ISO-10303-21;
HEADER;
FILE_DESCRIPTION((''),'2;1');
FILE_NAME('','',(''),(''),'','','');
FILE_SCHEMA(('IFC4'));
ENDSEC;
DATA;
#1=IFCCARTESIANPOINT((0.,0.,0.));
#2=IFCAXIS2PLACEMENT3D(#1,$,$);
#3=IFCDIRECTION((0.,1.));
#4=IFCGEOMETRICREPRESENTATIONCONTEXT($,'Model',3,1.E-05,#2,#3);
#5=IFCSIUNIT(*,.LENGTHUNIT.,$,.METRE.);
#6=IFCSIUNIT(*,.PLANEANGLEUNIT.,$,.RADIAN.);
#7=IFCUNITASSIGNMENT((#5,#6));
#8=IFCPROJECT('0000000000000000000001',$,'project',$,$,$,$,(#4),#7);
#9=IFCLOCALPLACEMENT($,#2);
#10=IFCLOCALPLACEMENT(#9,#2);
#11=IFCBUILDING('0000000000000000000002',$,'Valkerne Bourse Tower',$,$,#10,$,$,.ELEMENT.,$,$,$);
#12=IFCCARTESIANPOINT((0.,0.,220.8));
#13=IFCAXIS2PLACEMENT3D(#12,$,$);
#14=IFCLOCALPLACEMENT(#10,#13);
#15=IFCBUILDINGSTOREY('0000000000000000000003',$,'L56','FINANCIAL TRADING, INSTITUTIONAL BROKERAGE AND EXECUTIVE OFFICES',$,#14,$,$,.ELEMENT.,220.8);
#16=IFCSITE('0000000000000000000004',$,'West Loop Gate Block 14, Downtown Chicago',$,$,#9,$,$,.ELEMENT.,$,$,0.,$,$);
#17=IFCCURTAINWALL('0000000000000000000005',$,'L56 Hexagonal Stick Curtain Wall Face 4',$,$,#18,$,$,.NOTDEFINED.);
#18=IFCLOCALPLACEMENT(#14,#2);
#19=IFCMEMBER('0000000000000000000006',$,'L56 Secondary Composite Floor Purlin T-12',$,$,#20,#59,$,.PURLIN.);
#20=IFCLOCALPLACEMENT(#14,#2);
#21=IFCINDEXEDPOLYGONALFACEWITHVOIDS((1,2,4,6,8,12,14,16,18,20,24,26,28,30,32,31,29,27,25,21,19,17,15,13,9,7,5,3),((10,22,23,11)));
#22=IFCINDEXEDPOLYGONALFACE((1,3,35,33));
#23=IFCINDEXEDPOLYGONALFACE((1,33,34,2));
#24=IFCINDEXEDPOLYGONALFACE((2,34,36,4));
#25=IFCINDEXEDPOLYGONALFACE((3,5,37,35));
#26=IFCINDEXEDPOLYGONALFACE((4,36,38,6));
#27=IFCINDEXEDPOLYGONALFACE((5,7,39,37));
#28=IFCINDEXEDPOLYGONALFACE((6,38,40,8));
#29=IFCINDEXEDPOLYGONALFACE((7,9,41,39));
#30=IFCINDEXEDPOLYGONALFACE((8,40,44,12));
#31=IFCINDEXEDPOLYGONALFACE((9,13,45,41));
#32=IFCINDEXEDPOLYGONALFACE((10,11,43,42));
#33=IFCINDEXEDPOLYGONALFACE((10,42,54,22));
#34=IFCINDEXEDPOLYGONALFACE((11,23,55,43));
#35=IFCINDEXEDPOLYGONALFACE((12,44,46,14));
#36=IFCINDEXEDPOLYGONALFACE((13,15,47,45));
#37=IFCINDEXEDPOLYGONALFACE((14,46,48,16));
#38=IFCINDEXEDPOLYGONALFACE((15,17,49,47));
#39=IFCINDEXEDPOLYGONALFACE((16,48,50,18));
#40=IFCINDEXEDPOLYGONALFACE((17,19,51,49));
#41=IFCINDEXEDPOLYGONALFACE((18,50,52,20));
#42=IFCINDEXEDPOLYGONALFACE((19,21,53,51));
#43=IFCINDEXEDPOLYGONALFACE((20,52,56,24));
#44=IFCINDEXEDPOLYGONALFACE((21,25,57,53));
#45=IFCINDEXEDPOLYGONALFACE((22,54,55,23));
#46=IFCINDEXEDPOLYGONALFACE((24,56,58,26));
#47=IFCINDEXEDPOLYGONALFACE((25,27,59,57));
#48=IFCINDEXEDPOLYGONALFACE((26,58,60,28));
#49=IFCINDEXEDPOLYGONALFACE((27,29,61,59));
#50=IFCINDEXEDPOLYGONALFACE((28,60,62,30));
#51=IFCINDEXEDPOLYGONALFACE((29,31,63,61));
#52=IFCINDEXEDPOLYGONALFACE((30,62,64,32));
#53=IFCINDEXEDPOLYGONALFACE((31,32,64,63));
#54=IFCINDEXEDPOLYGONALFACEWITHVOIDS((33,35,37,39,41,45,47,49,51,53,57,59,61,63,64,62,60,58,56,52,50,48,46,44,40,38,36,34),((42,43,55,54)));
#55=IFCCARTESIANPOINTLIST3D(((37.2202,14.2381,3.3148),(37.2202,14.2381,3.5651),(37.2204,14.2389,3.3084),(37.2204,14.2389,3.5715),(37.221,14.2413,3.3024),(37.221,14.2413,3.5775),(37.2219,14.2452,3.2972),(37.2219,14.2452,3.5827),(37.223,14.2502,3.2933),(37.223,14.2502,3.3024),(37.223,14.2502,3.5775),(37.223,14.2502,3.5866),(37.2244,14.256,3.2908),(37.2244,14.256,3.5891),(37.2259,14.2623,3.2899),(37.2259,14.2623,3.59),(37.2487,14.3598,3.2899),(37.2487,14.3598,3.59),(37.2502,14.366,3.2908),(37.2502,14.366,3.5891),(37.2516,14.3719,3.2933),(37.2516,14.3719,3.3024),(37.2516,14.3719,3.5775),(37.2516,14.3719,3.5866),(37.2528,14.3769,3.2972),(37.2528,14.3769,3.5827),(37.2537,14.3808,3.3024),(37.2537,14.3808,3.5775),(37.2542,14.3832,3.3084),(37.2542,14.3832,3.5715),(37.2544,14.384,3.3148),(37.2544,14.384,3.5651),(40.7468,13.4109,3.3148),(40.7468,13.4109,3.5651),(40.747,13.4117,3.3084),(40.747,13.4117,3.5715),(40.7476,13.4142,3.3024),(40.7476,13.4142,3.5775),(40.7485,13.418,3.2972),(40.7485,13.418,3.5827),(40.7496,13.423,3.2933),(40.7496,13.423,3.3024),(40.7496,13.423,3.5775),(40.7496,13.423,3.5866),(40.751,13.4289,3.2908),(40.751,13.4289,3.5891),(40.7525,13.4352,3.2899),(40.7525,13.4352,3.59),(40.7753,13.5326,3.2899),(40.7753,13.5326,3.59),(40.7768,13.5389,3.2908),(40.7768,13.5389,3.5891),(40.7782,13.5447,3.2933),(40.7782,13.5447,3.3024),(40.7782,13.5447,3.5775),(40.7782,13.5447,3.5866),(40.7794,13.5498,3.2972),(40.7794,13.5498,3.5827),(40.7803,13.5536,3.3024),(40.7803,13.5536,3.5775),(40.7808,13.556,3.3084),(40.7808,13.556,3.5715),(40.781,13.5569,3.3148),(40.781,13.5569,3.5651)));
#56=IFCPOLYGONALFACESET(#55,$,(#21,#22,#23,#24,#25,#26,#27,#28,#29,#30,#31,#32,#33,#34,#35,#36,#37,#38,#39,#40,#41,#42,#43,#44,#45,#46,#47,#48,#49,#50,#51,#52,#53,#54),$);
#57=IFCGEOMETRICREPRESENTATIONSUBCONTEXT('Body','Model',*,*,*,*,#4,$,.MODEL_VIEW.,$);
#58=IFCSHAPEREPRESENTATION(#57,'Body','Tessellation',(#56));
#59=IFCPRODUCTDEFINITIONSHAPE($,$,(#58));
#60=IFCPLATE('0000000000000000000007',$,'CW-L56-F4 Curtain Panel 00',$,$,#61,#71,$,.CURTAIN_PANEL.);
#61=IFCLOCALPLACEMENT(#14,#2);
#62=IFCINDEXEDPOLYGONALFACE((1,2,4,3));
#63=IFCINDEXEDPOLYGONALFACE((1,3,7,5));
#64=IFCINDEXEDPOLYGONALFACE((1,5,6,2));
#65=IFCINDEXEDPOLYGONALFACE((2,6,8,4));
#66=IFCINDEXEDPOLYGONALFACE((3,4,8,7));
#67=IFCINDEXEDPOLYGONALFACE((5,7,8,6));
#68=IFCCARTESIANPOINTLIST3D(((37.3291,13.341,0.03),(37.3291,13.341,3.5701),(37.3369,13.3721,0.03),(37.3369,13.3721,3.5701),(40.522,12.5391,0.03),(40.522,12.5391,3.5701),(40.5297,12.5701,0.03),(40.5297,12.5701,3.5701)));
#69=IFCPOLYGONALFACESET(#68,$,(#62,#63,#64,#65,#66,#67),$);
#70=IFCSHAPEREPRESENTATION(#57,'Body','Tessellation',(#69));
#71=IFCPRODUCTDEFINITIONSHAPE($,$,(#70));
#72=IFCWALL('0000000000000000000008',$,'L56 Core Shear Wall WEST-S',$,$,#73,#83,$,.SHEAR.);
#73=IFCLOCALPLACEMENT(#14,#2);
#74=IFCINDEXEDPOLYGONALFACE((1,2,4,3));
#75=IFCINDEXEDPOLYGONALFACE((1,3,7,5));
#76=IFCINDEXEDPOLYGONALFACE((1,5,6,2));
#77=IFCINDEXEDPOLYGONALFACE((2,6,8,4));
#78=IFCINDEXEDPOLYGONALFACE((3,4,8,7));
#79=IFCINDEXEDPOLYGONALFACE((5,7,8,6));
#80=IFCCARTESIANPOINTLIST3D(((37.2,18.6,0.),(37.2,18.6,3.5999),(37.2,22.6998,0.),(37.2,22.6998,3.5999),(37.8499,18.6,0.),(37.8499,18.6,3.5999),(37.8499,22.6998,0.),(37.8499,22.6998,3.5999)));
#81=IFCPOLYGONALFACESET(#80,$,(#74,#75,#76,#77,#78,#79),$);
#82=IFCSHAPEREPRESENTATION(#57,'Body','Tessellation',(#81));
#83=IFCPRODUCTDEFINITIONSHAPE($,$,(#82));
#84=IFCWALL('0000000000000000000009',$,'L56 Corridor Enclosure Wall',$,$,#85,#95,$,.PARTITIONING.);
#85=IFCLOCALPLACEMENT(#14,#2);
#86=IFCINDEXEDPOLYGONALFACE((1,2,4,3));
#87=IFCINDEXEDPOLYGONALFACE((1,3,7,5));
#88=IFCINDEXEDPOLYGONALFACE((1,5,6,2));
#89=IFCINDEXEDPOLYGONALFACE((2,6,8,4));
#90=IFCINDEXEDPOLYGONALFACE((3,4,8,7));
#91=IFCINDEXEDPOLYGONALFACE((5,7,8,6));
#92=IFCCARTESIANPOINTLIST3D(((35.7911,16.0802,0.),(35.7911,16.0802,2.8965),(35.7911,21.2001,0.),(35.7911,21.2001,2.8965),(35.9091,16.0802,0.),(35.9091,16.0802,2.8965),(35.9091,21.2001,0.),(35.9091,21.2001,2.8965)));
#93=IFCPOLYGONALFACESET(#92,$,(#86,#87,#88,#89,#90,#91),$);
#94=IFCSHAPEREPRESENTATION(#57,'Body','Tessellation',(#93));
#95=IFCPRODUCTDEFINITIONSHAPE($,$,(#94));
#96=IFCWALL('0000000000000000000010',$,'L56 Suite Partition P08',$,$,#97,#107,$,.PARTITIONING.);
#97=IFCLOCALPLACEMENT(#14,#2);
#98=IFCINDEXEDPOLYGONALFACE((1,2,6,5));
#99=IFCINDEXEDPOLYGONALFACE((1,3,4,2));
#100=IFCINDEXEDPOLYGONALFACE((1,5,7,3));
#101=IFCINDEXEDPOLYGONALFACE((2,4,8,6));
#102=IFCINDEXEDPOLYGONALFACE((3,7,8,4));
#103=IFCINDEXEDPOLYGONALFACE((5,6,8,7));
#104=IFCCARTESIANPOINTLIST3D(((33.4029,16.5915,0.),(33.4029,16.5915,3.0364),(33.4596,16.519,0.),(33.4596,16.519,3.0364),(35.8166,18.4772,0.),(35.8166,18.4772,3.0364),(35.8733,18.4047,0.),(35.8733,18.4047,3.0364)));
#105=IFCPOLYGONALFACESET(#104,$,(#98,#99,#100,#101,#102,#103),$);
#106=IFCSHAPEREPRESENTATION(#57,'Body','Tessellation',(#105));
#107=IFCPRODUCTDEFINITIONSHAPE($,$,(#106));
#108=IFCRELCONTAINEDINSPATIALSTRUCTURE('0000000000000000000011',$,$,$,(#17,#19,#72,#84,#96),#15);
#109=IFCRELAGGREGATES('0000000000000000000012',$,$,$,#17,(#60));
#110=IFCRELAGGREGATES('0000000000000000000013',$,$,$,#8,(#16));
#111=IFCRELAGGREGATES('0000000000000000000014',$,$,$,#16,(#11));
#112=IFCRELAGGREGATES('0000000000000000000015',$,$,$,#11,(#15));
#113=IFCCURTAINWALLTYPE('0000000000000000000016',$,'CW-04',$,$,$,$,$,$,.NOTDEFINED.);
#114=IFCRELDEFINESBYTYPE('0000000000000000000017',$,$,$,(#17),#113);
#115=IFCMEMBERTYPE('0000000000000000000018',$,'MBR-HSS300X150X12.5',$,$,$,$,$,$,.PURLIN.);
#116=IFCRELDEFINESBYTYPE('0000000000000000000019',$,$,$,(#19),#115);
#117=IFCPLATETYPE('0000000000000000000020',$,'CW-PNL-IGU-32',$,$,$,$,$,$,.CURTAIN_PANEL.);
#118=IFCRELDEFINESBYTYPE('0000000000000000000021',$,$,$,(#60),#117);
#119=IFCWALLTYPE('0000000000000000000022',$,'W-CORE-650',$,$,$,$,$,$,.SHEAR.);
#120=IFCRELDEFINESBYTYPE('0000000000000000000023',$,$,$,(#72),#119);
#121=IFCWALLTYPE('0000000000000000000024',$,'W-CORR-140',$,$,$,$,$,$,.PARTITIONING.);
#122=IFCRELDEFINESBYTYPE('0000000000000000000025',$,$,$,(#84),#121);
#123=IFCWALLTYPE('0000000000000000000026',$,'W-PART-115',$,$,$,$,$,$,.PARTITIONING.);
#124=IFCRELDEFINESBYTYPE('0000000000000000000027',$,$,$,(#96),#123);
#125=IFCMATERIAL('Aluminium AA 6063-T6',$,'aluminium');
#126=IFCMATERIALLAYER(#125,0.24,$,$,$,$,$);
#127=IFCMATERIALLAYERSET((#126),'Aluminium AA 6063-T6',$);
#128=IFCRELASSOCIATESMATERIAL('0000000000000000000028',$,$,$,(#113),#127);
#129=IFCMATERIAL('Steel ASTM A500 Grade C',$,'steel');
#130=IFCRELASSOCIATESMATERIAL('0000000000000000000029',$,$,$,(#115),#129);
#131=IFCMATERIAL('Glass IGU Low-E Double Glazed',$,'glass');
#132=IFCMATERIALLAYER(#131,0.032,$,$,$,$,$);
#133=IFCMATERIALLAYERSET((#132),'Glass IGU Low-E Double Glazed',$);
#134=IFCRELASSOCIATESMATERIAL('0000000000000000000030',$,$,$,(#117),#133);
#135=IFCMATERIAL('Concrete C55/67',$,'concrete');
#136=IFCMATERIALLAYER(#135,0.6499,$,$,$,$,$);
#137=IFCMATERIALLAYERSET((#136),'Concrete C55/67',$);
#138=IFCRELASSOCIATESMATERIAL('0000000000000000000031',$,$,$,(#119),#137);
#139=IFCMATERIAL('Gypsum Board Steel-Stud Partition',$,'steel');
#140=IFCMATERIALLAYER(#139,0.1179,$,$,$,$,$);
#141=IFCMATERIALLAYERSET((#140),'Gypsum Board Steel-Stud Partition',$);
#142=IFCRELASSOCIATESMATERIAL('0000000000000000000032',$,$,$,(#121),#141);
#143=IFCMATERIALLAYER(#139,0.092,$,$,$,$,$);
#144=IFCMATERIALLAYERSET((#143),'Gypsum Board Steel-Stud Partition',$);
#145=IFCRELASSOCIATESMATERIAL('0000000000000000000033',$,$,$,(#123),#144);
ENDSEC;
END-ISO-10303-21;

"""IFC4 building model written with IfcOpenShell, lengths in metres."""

from ifc_helpers import new_model, si_unit, direction, frame, frame_2d, origin, origin_2d, place, context, subcontext, project, spatial, rectangle, hollow_rectangle, extrude, material, layer, layer_set, material_profile, profile_set, type_object, element, aggregate, save


model = new_model("IFC4")

# Units and contexts
model_context = context("Model", 3, precision=1e-05, world=origin(), true_north=direction((0.0, 1.0)))
body_context = subcontext(model_context, "Body", "Model", "MODEL_VIEW")
ifc_project = project(units=[si_unit("LENGTHUNIT", "METRE"), si_unit("PLANEANGLEUNIT", "RADIAN")], contexts=[model_context])

# Site, building, storey
site_placement = place(None, origin())
site = spatial("IfcSite", under=ifc_project, at=site_placement, Name="West Loop Gate Block 14, Downtown Chicago", CompositionType="ELEMENT", RefElevation=0.0)
building_placement = place(site_placement, origin())
building = spatial("IfcBuilding", under=site, at=building_placement, Name="Valkerne Bourse Tower", CompositionType="ELEMENT")
storey_placement = place(building_placement, frame((0.0, 0.0, 220.8)))
storey = spatial("IfcBuildingStorey", under=building, at=storey_placement, Name="L56", Description="FINANCIAL TRADING, INSTITUTIONAL BROKERAGE AND EXECUTIVE OFFICES", CompositionType="ELEMENT", Elevation=220.8)

# Curtain wall
ifc_material_1 = material(Name="Aluminium AA 6063-T6", Category="aluminium")
ifc_layer_1 = layer(ifc_material_1, 0.24)
ifc_layer_set_1 = layer_set([ifc_layer_1], Name="Aluminium AA 6063-T6")
curtain_wall_type = type_object("IfcCurtainWallType", Name="CW-04", PredefinedType="NOTDEFINED", material=ifc_layer_set_1)
curtain_wall_placement = place(storey_placement, origin())
curtain_wall = element("IfcCurtainWall", 1, at=curtain_wall_placement, inside=storey, type_object=curtain_wall_type, Name="L56 Hexagonal Stick Curtain Wall Face 4", PredefinedType="NOTDEFINED")

# Member
ifc_material_2 = material(Name="Steel ASTM A500 Grade C", Category="steel")
ifc_material_profile_1 = material_profile(ifc_material_2, hollow_rectangle(XDim=0.1499, YDim=0.3, WallThickness=0.0125, OuterFilletRadius=0.0249, at=origin_2d()), Name="HSS300X150X12.5")
ifc_profile_set_1 = profile_set([ifc_material_profile_1], Name="Steel ASTM A500 Grade C")
member_type_1 = type_object("IfcMemberType", Name="MBR-HSS300X150X12.5", PredefinedType="PURLIN", material=ifc_profile_set_1)
member_1_placement = place(storey_placement, frame((37.2373, 14.311, 3.4399), z_axis=(0.97358, -0.228348, 0.0), x_axis=(0.228348, 0.97358, 0.0)))
element("IfcMember", 2, at=member_1_placement, inside=storey, type_object=member_type_1, Name="L56 Secondary Composite Floor Purlin T-12", PredefinedType="PURLIN", context=body_context, shape_type="SweptSolid", body=[
    extrude(hollow_rectangle(XDim=0.1499, YDim=0.3, WallThickness=0.0125, OuterFilletRadius=0.0249, at=origin_2d()), origin(), (0.0, 0.0, 1.0), 3.6223),
])

# Plate
ifc_material_3 = material(Name="Glass IGU Low-E Double Glazed", Category="glass")
ifc_layer_2 = layer(ifc_material_3, 0.032)
ifc_layer_set_2 = layer_set([ifc_layer_2], Name="Glass IGU Low-E Double Glazed")
plate_type = type_object("IfcPlateType", Name="CW-PNL-IGU-32", PredefinedType="CURTAIN_PANEL", material=ifc_layer_set_2)
plate_placement = place(storey_placement, frame((38.9294, 12.9556, 0.03), z_axis=(0.0, 0.0, 1.0), x_axis=(0.969872, -0.243614, 0.0)))
plate = element("IfcPlate", 3, at=plate_placement, type_object=plate_type, Name="CW-L56-F4 Curtain Panel 00", PredefinedType="CURTAIN_PANEL", context=body_context, shape_type="SweptSolid", body=[
    extrude(rectangle(XDim=3.292, YDim=0.032, at=origin_2d()), origin(), (0.0, 0.0, 1.0), 3.54),
])
aggregate(curtain_wall, [plate])

# Shared definitions
ifc_material_4 = material(Name="Concrete C55/67", Category="concrete")
ifc_layer_3 = layer(ifc_material_4, 0.6499)
ifc_layer_set_3 = layer_set([ifc_layer_3], Name="Concrete C55/67")
wall_type_1 = type_object("IfcWallType", Name="W-CORE-650", PredefinedType="SHEAR", material=ifc_layer_set_3)

# Walls
wall_1_placement = place(storey_placement, frame((37.5249, 18.6001, 0.0), z_axis=(0.0, 0.0, 1.0), x_axis=(0.0, 1.0, 0.0)))
element("IfcWall", 4, at=wall_1_placement, inside=storey, type_object=wall_type_1, Name="L56 Core Shear Wall WEST-S", PredefinedType="SHEAR", context=body_context, shape_type="SweptSolid", body=[
    extrude(rectangle(XDim=4.0999, YDim=0.6499, at=frame_2d((2.0498, 0.0))), origin(), (0.0, 0.0, 1.0), 3.5999),
])
ifc_material_5 = material(Name="Gypsum Board Steel-Stud Partition", Category="steel")
ifc_layer_4 = layer(ifc_material_5, 0.1179)
ifc_layer_set_4 = layer_set([ifc_layer_4], Name="Gypsum Board Steel-Stud Partition")
wall_type_2 = type_object("IfcWallType", Name="W-CORR-140", PredefinedType="PARTITIONING", material=ifc_layer_set_4)
wall_2_placement = place(storey_placement, frame((35.8501, 16.0801, 0.0), z_axis=(0.0, 0.0, 1.0), x_axis=(0.0, 1.0, 0.0)))
element("IfcWall", 5, at=wall_2_placement, inside=storey, type_object=wall_type_2, Name="L56 Corridor Enclosure Wall", PredefinedType="PARTITIONING", context=body_context, shape_type="SweptSolid", body=[
    extrude(rectangle(XDim=5.1199, YDim=0.1179, at=frame_2d((2.5601, 0.0))), origin(), (0.0, 0.0, 1.0), 2.8965),
])
ifc_layer_5 = layer(ifc_material_5, 0.092)
ifc_layer_set_5 = layer_set([ifc_layer_5], Name="Gypsum Board Steel-Stud Partition")
wall_type_3 = type_object("IfcWallType", Name="W-PART-115", PredefinedType="PARTITIONING", material=ifc_layer_set_5)
wall_3_placement = place(storey_placement, frame((35.845, 18.4409, 0.0), z_axis=(0.0, 0.0, 1.0), x_axis=(-0.788033, -0.615633, 0.0)))
element("IfcWall", 6, at=wall_3_placement, inside=storey, type_object=wall_type_3, Name="L56 Suite Partition P08", PredefinedType="PARTITIONING", context=body_context, shape_type="SweptSolid", body=[
    extrude(rectangle(XDim=3.063, YDim=0.092, at=frame_2d((1.5315, 0.0))), origin(), (0.0, 0.0, 1.0), 3.0364),
])

save(model, "model.ifc")
